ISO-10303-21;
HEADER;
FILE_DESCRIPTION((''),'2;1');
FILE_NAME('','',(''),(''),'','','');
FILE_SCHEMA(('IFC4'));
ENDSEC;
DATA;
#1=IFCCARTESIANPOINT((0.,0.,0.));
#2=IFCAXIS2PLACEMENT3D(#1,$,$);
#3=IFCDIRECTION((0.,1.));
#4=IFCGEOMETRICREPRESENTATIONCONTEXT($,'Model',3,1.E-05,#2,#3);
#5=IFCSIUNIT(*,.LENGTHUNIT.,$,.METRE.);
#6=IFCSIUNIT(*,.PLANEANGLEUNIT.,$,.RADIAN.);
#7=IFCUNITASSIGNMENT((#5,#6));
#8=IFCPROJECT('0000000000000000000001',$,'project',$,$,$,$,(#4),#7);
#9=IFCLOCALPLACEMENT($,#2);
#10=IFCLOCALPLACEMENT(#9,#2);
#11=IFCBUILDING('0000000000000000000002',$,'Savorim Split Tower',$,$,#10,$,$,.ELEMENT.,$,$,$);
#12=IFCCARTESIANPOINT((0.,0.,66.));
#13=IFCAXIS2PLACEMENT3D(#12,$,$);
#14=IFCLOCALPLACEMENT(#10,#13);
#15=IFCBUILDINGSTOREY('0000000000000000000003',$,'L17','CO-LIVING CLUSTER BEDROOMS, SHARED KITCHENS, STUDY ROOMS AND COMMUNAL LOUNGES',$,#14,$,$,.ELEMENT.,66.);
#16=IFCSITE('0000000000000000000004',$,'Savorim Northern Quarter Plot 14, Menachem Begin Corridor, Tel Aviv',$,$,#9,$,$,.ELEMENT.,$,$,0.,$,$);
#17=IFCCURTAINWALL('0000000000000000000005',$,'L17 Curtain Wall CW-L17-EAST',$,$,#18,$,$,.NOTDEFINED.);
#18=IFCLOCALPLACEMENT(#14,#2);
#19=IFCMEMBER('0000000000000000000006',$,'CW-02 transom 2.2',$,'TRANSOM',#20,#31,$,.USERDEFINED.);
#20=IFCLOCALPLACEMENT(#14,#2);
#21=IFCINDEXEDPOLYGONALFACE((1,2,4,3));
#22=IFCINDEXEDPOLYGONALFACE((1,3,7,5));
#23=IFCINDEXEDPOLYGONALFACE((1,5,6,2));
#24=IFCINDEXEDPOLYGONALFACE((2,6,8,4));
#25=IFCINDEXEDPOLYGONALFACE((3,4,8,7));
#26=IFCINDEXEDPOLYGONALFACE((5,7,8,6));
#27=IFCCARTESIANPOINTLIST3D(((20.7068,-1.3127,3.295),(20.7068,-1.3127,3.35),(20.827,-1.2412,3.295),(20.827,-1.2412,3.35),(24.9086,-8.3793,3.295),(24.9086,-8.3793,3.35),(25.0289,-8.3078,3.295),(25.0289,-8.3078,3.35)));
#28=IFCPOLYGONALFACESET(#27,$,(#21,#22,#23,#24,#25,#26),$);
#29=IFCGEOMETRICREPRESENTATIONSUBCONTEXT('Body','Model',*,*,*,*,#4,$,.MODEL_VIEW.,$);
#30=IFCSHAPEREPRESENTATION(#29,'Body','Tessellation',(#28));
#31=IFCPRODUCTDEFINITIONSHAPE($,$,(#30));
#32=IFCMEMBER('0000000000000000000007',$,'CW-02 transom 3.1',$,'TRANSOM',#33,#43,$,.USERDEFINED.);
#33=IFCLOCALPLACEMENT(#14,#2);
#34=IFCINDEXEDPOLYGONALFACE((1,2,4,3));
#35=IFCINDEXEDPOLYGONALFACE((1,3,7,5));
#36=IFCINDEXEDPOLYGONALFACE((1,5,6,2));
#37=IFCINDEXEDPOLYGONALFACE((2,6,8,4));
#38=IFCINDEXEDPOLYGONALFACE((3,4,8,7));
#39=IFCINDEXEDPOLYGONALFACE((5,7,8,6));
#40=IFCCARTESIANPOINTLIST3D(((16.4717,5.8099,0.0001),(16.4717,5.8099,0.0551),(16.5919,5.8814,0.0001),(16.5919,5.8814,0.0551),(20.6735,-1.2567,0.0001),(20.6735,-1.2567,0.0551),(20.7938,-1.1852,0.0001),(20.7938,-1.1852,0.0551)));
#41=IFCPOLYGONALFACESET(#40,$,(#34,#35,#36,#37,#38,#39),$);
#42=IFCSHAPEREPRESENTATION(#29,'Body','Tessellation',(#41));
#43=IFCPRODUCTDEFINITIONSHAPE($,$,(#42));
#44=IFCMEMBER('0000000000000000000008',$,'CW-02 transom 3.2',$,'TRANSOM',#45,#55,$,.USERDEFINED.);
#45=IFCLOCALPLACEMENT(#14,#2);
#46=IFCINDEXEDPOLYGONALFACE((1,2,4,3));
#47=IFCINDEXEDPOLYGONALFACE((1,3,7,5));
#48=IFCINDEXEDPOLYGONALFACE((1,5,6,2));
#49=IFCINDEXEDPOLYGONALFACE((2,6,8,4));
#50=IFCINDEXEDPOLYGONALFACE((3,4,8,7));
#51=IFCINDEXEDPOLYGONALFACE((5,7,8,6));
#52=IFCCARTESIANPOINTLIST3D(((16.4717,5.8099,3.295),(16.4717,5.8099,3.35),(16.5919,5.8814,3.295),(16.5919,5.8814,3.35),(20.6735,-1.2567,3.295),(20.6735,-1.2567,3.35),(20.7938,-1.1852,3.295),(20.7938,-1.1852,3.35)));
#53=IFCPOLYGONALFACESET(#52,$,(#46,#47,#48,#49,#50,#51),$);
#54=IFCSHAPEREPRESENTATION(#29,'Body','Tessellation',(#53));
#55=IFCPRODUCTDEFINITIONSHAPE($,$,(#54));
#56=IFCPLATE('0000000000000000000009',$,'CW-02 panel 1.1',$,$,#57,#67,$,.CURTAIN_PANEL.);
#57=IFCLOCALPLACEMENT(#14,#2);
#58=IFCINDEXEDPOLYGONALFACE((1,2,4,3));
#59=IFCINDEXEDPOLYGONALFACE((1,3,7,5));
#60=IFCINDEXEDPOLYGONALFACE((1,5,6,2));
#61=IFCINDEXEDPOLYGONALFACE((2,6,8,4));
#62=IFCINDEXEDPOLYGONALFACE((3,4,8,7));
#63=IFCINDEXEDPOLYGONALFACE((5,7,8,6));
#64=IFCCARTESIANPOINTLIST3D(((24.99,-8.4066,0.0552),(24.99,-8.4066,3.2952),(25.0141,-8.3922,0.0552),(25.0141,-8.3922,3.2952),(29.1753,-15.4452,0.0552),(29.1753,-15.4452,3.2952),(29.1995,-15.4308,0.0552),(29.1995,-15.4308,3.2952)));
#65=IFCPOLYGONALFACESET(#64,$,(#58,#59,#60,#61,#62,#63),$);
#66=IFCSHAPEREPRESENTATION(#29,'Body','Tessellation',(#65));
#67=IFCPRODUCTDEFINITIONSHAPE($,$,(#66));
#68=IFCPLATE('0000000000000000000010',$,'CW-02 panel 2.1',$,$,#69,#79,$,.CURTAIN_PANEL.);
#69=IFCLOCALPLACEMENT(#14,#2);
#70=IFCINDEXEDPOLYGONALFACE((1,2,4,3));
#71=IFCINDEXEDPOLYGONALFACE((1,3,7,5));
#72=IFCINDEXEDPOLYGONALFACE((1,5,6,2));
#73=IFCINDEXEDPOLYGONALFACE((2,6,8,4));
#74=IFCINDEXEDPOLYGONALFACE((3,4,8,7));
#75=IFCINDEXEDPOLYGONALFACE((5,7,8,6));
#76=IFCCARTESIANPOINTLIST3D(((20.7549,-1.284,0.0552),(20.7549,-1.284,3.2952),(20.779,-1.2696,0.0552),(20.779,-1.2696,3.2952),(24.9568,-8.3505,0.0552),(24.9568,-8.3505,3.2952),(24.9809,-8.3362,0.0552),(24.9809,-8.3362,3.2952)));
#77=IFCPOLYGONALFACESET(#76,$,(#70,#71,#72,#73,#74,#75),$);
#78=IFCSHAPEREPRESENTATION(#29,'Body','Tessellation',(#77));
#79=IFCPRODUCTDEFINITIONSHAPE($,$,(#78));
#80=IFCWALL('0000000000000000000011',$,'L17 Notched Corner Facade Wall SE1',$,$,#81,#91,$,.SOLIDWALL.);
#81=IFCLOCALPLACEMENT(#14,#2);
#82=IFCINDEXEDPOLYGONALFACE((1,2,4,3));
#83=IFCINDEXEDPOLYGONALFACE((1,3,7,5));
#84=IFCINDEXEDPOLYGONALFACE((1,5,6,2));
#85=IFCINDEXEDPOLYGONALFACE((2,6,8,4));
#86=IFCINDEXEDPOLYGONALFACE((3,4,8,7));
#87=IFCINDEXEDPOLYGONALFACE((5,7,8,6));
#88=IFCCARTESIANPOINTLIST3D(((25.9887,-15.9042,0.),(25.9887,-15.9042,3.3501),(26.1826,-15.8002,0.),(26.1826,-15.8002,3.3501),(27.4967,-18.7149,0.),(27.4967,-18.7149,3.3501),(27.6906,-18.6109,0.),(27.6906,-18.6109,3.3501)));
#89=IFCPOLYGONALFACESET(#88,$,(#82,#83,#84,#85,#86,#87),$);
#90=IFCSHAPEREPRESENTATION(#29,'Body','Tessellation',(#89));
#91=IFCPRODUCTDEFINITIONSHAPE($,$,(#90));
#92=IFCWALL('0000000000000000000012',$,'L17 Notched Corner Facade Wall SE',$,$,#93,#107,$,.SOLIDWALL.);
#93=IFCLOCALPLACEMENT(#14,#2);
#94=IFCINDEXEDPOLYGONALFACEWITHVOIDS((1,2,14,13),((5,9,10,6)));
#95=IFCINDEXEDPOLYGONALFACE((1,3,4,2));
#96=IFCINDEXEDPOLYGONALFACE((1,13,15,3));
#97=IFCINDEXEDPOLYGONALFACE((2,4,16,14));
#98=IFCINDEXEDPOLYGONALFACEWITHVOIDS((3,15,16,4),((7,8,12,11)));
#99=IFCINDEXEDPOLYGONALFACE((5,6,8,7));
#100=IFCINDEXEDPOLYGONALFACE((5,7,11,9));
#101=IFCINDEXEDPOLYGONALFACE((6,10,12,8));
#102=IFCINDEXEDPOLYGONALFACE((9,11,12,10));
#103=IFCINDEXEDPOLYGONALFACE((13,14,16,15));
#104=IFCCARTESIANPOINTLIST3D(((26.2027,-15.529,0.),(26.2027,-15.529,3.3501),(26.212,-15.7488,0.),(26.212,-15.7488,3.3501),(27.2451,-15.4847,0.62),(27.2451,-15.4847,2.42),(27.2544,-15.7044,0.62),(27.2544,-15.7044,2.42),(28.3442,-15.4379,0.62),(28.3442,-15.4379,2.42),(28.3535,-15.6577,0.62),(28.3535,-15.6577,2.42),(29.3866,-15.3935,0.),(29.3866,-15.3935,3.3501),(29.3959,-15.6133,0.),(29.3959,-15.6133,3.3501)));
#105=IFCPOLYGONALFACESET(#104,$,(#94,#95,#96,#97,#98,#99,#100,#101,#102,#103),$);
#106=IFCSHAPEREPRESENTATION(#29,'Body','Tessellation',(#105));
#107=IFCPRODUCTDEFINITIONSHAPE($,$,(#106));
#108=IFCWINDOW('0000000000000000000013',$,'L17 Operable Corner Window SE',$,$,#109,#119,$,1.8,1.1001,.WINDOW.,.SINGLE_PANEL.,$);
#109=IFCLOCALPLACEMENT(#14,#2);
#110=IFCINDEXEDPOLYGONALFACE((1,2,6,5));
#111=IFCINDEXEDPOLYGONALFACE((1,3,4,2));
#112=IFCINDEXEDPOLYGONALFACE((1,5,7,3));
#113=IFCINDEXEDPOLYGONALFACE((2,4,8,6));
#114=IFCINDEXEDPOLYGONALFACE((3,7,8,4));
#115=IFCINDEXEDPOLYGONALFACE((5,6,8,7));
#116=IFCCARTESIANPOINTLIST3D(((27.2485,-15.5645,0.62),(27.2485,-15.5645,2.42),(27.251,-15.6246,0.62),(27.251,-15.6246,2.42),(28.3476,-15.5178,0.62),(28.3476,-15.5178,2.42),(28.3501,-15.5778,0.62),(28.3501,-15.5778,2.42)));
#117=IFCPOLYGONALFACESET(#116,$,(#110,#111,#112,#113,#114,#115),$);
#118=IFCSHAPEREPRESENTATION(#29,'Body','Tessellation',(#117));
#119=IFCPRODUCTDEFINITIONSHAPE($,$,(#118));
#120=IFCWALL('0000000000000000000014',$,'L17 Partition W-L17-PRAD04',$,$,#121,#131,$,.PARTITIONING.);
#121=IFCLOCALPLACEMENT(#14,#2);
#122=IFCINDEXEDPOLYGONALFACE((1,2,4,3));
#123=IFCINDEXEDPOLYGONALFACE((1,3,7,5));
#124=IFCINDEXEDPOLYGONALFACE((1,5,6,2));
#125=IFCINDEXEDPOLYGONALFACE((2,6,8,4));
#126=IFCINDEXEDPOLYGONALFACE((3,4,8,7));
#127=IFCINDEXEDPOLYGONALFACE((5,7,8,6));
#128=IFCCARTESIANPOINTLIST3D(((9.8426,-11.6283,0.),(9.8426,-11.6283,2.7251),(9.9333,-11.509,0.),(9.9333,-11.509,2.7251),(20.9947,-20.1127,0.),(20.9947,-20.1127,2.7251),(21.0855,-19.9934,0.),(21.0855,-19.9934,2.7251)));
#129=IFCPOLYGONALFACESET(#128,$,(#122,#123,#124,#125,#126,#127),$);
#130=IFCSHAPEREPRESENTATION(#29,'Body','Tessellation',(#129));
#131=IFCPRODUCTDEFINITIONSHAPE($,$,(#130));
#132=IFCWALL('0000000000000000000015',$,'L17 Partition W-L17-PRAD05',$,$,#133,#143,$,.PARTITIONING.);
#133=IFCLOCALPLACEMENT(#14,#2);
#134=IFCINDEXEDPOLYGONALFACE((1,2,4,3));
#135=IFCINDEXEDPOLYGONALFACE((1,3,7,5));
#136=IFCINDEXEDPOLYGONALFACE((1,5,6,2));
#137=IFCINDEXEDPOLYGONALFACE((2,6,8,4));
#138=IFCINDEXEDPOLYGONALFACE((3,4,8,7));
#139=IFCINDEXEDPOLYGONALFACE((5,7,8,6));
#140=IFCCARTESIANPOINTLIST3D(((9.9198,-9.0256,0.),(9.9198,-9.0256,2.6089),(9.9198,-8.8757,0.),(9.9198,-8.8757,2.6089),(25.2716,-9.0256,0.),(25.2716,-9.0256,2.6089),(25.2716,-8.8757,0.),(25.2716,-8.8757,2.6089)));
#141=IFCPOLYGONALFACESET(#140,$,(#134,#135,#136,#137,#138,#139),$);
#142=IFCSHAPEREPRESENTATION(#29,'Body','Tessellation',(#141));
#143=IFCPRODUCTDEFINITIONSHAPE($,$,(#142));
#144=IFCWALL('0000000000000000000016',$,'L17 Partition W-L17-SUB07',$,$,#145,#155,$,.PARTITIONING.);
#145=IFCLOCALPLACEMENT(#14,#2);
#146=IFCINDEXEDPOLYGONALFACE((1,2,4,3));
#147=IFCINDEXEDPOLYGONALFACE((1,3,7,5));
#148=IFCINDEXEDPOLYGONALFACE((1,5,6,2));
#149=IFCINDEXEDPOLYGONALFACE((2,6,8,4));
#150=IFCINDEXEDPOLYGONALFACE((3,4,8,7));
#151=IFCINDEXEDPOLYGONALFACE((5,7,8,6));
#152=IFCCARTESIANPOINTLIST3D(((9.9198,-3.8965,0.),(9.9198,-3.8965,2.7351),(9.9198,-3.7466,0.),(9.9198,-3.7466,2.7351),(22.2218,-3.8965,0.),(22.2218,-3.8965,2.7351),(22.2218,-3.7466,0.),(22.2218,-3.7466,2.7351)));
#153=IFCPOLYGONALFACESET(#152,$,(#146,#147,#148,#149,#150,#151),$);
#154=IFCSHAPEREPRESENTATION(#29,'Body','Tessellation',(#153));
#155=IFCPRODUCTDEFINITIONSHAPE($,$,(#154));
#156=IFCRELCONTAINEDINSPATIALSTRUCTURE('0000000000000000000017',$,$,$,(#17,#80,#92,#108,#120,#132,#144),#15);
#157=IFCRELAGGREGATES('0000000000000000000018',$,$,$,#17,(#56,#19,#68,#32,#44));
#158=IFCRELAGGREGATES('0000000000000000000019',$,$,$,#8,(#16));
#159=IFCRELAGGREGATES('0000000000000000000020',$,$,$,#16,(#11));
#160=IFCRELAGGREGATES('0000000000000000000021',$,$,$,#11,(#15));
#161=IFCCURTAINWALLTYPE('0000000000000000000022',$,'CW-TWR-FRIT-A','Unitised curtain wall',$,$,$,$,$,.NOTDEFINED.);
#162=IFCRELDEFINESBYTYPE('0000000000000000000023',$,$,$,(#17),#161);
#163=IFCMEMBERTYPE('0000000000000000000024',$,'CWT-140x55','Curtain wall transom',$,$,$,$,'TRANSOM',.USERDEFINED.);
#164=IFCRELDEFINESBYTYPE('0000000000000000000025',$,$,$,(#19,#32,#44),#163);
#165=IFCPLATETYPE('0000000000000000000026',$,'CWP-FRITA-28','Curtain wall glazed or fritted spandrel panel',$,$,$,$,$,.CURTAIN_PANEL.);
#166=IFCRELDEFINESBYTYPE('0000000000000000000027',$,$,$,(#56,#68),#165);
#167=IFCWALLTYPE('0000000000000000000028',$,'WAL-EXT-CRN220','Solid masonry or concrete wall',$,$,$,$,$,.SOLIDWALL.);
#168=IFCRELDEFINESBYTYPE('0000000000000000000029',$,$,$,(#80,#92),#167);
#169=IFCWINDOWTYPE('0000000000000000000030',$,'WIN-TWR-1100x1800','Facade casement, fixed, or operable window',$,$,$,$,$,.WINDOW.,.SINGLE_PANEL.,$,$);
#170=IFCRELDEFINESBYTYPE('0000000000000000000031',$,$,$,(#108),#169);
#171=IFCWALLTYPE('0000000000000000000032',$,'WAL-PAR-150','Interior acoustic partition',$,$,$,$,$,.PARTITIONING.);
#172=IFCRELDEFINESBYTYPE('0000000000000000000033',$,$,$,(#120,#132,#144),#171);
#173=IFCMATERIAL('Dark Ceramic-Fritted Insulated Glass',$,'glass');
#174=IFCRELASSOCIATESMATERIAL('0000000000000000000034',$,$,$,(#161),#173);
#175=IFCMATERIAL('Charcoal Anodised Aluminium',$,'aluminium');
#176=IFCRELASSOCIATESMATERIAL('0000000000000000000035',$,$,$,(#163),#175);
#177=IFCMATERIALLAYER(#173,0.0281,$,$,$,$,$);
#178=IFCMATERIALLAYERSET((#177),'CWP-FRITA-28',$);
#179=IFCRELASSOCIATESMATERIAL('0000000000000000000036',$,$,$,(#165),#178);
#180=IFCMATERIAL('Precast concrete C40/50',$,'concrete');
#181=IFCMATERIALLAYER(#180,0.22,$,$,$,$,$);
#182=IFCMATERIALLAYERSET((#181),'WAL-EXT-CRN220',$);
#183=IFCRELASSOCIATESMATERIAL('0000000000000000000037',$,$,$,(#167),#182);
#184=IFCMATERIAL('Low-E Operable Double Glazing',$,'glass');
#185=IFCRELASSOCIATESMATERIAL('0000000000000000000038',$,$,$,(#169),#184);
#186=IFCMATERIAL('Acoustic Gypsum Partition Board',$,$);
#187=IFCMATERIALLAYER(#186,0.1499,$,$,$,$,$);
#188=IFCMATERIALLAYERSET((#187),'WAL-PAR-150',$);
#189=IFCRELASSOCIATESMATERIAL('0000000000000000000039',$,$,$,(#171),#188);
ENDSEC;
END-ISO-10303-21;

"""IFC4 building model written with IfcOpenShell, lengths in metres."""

from ifc_helpers import new_model, si_unit, direction, frame, frame_2d, origin, origin_2d, place, context, subcontext, project, spatial, rectangle, extrude, material, layer, layer_set, material_profile, profile_set, type_object, element, fill, aggregate, save


model = new_model("IFC4")

# Units and contexts
model_context = context("Model", 3, precision=1e-05, world=origin(), true_north=direction((0.0, 1.0)))
body_context = subcontext(model_context, "Body", "Model", "MODEL_VIEW")
ifc_project = project(units=[si_unit("LENGTHUNIT", "METRE"), si_unit("PLANEANGLEUNIT", "RADIAN")], contexts=[model_context])

# Site, building, storey
site_placement = place(None, origin())
site = spatial("IfcSite", under=ifc_project, at=site_placement, Name="Savorim Northern Quarter Plot 14, Menachem Begin Corridor, Tel Aviv", CompositionType="ELEMENT", RefElevation=0.0)
building_placement = place(site_placement, origin())
building = spatial("IfcBuilding", under=site, at=building_placement, Name="Savorim Split Tower", CompositionType="ELEMENT")
storey_placement = place(building_placement, frame((0.0, 0.0, 66.0)))
storey = spatial("IfcBuildingStorey", under=building, at=storey_placement, Name="L17", Description="CO-LIVING CLUSTER BEDROOMS, SHARED KITCHENS, STUDY ROOMS AND COMMUNAL LOUNGES", CompositionType="ELEMENT", Elevation=66.0)

# Shared definitions
ifc_material_1 = material(Name="Dark Ceramic-Fritted Insulated Glass", Category="glass")
curtain_wall_type = type_object("IfcCurtainWallType", Name="CW-TWR-FRIT-A", Description="Unitised curtain wall", PredefinedType="NOTDEFINED", material=ifc_material_1)
ifc_material_2 = material(Name="Charcoal Anodised Aluminium", Category="aluminium")

# Curtain wall, members, plates
curtain_wall_1_placement = place(storey_placement, origin())
curtain_wall_1 = element("IfcCurtainWall", 1, at=curtain_wall_1_placement, inside=storey, type_object=curtain_wall_type, Name="L17 Curtain Wall CW-L17-EAST", PredefinedType="NOTDEFINED")
ifc_material_profile_1 = material_profile(ifc_material_2, rectangle(XDim=0.1399, YDim=0.0549, at=origin_2d()), Name="ALU-T 140x55")
ifc_profile_set_1 = profile_set([ifc_material_profile_1], Name="Charcoal Anodised Aluminium")
member_type_1 = type_object("IfcMemberType", Name="CWT-140x55", Description="Curtain wall transom", ElementType="TRANSOM", PredefinedType="USERDEFINED", material=ifc_profile_set_1)
member_1_placement = place(storey_placement, frame((24.9688, -8.3435, 3.3225), z_axis=(-0.511085, 0.85953, 0.0), x_axis=(-0.85953, -0.511085, 0.0)))
member_1 = element("IfcMember", 2, at=member_1_placement, type_object=member_type_1, Name="CW-02 transom 2.2", ObjectType="TRANSOM", PredefinedType="USERDEFINED", context=body_context, shape_type="SweptSolid", body=[
    extrude(rectangle(XDim=0.1399, YDim=0.0549, at=origin_2d()), origin(), (0.0, 0.0, 1.0), 8.2214),
])
member_2_placement = place(storey_placement, frame((20.7336, -1.2209, 0.0276), z_axis=(-0.511085, 0.85953, 0.0), x_axis=(-0.85953, -0.511085, 0.0)))
member_2 = element("IfcMember", 3, at=member_2_placement, type_object=member_type_1, Name="CW-02 transom 3.1", ObjectType="TRANSOM", PredefinedType="USERDEFINED", context=body_context, shape_type="SweptSolid", body=[
    extrude(rectangle(XDim=0.1399, YDim=0.0549, at=origin_2d()), origin(), (0.0, 0.0, 1.0), 8.2214),
])
member_3_placement = place(storey_placement, frame((20.7336, -1.2209, 3.3225), z_axis=(-0.511085, 0.85953, 0.0), x_axis=(-0.85953, -0.511085, 0.0)))
member_3 = element("IfcMember", 4, at=member_3_placement, type_object=member_type_1, Name="CW-02 transom 3.2", ObjectType="TRANSOM", PredefinedType="USERDEFINED", context=body_context, shape_type="SweptSolid", body=[
    extrude(rectangle(XDim=0.1399, YDim=0.0549, at=origin_2d()), origin(), (0.0, 0.0, 1.0), 8.2214),
])
ifc_layer_1 = layer(ifc_material_1, 0.0281)
ifc_layer_set_1 = layer_set([ifc_layer_1], Name="CWP-FRITA-28")
plate_type = type_object("IfcPlateType", Name="CWP-FRITA-28", Description="Curtain wall glazed or fritted spandrel panel", PredefinedType="CURTAIN_PANEL", material=ifc_layer_set_1)
plate_1_placement = place(storey_placement, frame((27.0947, -11.9187, 0.0552), z_axis=(0.0, 0.0, 1.0), x_axis=(-0.511092, 0.859526, 0.0)))
plate_1 = element("IfcPlate", 5, at=plate_1_placement, type_object=plate_type, Name="CW-02 panel 1.1", PredefinedType="CURTAIN_PANEL", context=body_context, shape_type="SweptSolid", body=[
    extrude(rectangle(XDim=8.189, YDim=0.0281, at=origin_2d()), origin(), (0.0, 0.0, 1.0), 3.24),
])
plate_2_placement = place(storey_placement, frame((22.8679, -4.8101, 0.0552), z_axis=(0.0, 0.0, 1.0), x_axis=(-0.511092, 0.859526, 0.0)))
plate_2 = element("IfcPlate", 6, at=plate_2_placement, type_object=plate_type, Name="CW-02 panel 2.1", PredefinedType="CURTAIN_PANEL", context=body_context, shape_type="SweptSolid", body=[
    extrude(rectangle(XDim=8.2214, YDim=0.0281, at=origin_2d()), origin(), (0.0, 0.0, 1.0), 3.24),
])
aggregate(curtain_wall_1, [plate_1, member_1, plate_2, member_2, member_3])

# Wall
ifc_material_3 = material(Name="Precast concrete C40/50", Category="concrete")
ifc_layer_2 = layer(ifc_material_3, 0.22)
ifc_layer_set_2 = layer_set([ifc_layer_2], Name="WAL-EXT-CRN220")
wall_type_1 = type_object("IfcWallType", Name="WAL-EXT-CRN220", Description="Solid masonry or concrete wall", PredefinedType="SOLIDWALL", material=ifc_layer_set_2)
wall_1_placement = place(storey_placement, frame((26.0857, -15.8523, 0.0), z_axis=(0.0, 0.0, 1.0), x_axis=(0.472776, -0.881183, 0.0)))
element("IfcWall", 7, at=wall_1_placement, inside=storey, type_object=wall_type_1, Name="L17 Notched Corner Facade Wall SE1", PredefinedType="SOLIDWALL", context=body_context, shape_type="SweptSolid", body=[
    extrude(rectangle(XDim=3.1897, YDim=0.22, at=frame_2d((1.5947, 0.0))), origin(), (0.0, 0.0, 1.0), 3.3501),
])

# Wall, opening, window
wall_2_placement = place(storey_placement, frame((29.3911, -15.5034, 0.0), z_axis=(0.0, 0.0, 1.0), x_axis=(-0.999096, -0.04252, 0.0)))
wall_2 = element("IfcWall", 8, at=wall_2_placement, inside=storey, type_object=wall_type_1, Name="L17 Notched Corner Facade Wall SE", PredefinedType="SOLIDWALL", context=body_context, shape_type="SweptSolid", body=[
    extrude(rectangle(XDim=3.1868, YDim=0.22, at=frame_2d((1.5933, 0.0))), origin(), (0.0, 0.0, 1.0), 3.3501),
])
opening_placement = place(wall_2_placement, frame((1.0432, 0.0, 0.6201)))
opening = element("IfcOpeningElement", 9, at=opening_placement, cuts=wall_2, PredefinedType="OPENING", context=body_context, shape_type="SweptSolid", body=[
    extrude(rectangle(XDim=1.1001, YDim=1.8, at=frame_2d((0.55, 0.8999))), frame((0.0, 0.1199, 0.0), z_axis=(0.0, -1.0, 0.0), x_axis=(1.0, 0.0, 0.0)), (0.0, 0.0, 1.0), 0.24),
])
ifc_material_4 = material(Name="Low-E Operable Double Glazing", Category="glass")
window_type = type_object("IfcWindowType", Name="WIN-TWR-1100x1800", Description="Facade casement, fixed, or operable window", PartitioningType="SINGLE_PANEL", PredefinedType="WINDOW", material=ifc_material_4)
window_placement = place(opening_placement, origin())
window = element("IfcWindow", 10, at=window_placement, inside=storey, type_object=window_type, Name="L17 Operable Corner Window SE", OverallHeight=1.8, OverallWidth=1.1001, PartitioningType="SINGLE_PANEL", PredefinedType="WINDOW", context=body_context, shape_type="SweptSolid", body=[
    extrude(rectangle(XDim=1.1001, YDim=1.8, at=frame_2d((0.55, 0.8999))), frame((0.0, 0.03, 0.0), z_axis=(0.0, -1.0, 0.0), x_axis=(1.0, 0.0, 0.0)), (0.0, 0.0, 1.0), 0.0601),
])
fill(opening, window)

# Walls
ifc_material_5 = material(Name="Acoustic Gypsum Partition Board")
ifc_layer_3 = layer(ifc_material_5, 0.1499)
ifc_layer_set_3 = layer_set([ifc_layer_3], Name="WAL-PAR-150")
wall_type_2 = type_object("IfcWallType", Name="WAL-PAR-150", Description="Interior acoustic partition", PredefinedType="PARTITIONING", material=ifc_layer_set_3)
wall_3_placement = place(storey_placement, frame((9.8879, -11.5686, 0.0), z_axis=(0.0, 0.0, 1.0), x_axis=(0.79586, -0.60548, 0.0)))
element("IfcWall", 11, at=wall_3_placement, inside=storey, type_object=wall_type_2, Name="L17 Partition W-L17-PRAD04", PredefinedType="PARTITIONING", context=body_context, shape_type="SweptSolid", body=[
    extrude(rectangle(XDim=14.0127, YDim=0.1499, at=frame_2d((7.0063, 0.0))), origin(), (0.0, 0.0, 1.0), 2.7251),
])
wall_4_placement = place(storey_placement, frame((9.9199, -8.9507, 0.0), z_axis=(0.0, 0.0, 1.0), x_axis=(1.0, 0.0, 0.0)))
element("IfcWall", 12, at=wall_4_placement, inside=storey, type_object=wall_type_2, Name="L17 Partition W-L17-PRAD05", PredefinedType="PARTITIONING", context=body_context, shape_type="SweptSolid", body=[
    extrude(rectangle(XDim=15.3518, YDim=0.1499, at=frame_2d((7.6758, 0.0))), origin(), (0.0, 0.0, 1.0), 2.6089),
])
wall_5_placement = place(storey_placement, frame((9.9199, -3.8215, 0.0), z_axis=(0.0, 0.0, 1.0), x_axis=(1.0, 0.0, 0.0)))
element("IfcWall", 13, at=wall_5_placement, inside=storey, type_object=wall_type_2, Name="L17 Partition W-L17-SUB07", PredefinedType="PARTITIONING", context=body_context, shape_type="SweptSolid", body=[
    extrude(rectangle(XDim=12.302, YDim=0.1499, at=frame_2d((6.1509, 0.0))), origin(), (0.0, 0.0, 1.0), 2.7351),
])

save(model, "model.ifc")
